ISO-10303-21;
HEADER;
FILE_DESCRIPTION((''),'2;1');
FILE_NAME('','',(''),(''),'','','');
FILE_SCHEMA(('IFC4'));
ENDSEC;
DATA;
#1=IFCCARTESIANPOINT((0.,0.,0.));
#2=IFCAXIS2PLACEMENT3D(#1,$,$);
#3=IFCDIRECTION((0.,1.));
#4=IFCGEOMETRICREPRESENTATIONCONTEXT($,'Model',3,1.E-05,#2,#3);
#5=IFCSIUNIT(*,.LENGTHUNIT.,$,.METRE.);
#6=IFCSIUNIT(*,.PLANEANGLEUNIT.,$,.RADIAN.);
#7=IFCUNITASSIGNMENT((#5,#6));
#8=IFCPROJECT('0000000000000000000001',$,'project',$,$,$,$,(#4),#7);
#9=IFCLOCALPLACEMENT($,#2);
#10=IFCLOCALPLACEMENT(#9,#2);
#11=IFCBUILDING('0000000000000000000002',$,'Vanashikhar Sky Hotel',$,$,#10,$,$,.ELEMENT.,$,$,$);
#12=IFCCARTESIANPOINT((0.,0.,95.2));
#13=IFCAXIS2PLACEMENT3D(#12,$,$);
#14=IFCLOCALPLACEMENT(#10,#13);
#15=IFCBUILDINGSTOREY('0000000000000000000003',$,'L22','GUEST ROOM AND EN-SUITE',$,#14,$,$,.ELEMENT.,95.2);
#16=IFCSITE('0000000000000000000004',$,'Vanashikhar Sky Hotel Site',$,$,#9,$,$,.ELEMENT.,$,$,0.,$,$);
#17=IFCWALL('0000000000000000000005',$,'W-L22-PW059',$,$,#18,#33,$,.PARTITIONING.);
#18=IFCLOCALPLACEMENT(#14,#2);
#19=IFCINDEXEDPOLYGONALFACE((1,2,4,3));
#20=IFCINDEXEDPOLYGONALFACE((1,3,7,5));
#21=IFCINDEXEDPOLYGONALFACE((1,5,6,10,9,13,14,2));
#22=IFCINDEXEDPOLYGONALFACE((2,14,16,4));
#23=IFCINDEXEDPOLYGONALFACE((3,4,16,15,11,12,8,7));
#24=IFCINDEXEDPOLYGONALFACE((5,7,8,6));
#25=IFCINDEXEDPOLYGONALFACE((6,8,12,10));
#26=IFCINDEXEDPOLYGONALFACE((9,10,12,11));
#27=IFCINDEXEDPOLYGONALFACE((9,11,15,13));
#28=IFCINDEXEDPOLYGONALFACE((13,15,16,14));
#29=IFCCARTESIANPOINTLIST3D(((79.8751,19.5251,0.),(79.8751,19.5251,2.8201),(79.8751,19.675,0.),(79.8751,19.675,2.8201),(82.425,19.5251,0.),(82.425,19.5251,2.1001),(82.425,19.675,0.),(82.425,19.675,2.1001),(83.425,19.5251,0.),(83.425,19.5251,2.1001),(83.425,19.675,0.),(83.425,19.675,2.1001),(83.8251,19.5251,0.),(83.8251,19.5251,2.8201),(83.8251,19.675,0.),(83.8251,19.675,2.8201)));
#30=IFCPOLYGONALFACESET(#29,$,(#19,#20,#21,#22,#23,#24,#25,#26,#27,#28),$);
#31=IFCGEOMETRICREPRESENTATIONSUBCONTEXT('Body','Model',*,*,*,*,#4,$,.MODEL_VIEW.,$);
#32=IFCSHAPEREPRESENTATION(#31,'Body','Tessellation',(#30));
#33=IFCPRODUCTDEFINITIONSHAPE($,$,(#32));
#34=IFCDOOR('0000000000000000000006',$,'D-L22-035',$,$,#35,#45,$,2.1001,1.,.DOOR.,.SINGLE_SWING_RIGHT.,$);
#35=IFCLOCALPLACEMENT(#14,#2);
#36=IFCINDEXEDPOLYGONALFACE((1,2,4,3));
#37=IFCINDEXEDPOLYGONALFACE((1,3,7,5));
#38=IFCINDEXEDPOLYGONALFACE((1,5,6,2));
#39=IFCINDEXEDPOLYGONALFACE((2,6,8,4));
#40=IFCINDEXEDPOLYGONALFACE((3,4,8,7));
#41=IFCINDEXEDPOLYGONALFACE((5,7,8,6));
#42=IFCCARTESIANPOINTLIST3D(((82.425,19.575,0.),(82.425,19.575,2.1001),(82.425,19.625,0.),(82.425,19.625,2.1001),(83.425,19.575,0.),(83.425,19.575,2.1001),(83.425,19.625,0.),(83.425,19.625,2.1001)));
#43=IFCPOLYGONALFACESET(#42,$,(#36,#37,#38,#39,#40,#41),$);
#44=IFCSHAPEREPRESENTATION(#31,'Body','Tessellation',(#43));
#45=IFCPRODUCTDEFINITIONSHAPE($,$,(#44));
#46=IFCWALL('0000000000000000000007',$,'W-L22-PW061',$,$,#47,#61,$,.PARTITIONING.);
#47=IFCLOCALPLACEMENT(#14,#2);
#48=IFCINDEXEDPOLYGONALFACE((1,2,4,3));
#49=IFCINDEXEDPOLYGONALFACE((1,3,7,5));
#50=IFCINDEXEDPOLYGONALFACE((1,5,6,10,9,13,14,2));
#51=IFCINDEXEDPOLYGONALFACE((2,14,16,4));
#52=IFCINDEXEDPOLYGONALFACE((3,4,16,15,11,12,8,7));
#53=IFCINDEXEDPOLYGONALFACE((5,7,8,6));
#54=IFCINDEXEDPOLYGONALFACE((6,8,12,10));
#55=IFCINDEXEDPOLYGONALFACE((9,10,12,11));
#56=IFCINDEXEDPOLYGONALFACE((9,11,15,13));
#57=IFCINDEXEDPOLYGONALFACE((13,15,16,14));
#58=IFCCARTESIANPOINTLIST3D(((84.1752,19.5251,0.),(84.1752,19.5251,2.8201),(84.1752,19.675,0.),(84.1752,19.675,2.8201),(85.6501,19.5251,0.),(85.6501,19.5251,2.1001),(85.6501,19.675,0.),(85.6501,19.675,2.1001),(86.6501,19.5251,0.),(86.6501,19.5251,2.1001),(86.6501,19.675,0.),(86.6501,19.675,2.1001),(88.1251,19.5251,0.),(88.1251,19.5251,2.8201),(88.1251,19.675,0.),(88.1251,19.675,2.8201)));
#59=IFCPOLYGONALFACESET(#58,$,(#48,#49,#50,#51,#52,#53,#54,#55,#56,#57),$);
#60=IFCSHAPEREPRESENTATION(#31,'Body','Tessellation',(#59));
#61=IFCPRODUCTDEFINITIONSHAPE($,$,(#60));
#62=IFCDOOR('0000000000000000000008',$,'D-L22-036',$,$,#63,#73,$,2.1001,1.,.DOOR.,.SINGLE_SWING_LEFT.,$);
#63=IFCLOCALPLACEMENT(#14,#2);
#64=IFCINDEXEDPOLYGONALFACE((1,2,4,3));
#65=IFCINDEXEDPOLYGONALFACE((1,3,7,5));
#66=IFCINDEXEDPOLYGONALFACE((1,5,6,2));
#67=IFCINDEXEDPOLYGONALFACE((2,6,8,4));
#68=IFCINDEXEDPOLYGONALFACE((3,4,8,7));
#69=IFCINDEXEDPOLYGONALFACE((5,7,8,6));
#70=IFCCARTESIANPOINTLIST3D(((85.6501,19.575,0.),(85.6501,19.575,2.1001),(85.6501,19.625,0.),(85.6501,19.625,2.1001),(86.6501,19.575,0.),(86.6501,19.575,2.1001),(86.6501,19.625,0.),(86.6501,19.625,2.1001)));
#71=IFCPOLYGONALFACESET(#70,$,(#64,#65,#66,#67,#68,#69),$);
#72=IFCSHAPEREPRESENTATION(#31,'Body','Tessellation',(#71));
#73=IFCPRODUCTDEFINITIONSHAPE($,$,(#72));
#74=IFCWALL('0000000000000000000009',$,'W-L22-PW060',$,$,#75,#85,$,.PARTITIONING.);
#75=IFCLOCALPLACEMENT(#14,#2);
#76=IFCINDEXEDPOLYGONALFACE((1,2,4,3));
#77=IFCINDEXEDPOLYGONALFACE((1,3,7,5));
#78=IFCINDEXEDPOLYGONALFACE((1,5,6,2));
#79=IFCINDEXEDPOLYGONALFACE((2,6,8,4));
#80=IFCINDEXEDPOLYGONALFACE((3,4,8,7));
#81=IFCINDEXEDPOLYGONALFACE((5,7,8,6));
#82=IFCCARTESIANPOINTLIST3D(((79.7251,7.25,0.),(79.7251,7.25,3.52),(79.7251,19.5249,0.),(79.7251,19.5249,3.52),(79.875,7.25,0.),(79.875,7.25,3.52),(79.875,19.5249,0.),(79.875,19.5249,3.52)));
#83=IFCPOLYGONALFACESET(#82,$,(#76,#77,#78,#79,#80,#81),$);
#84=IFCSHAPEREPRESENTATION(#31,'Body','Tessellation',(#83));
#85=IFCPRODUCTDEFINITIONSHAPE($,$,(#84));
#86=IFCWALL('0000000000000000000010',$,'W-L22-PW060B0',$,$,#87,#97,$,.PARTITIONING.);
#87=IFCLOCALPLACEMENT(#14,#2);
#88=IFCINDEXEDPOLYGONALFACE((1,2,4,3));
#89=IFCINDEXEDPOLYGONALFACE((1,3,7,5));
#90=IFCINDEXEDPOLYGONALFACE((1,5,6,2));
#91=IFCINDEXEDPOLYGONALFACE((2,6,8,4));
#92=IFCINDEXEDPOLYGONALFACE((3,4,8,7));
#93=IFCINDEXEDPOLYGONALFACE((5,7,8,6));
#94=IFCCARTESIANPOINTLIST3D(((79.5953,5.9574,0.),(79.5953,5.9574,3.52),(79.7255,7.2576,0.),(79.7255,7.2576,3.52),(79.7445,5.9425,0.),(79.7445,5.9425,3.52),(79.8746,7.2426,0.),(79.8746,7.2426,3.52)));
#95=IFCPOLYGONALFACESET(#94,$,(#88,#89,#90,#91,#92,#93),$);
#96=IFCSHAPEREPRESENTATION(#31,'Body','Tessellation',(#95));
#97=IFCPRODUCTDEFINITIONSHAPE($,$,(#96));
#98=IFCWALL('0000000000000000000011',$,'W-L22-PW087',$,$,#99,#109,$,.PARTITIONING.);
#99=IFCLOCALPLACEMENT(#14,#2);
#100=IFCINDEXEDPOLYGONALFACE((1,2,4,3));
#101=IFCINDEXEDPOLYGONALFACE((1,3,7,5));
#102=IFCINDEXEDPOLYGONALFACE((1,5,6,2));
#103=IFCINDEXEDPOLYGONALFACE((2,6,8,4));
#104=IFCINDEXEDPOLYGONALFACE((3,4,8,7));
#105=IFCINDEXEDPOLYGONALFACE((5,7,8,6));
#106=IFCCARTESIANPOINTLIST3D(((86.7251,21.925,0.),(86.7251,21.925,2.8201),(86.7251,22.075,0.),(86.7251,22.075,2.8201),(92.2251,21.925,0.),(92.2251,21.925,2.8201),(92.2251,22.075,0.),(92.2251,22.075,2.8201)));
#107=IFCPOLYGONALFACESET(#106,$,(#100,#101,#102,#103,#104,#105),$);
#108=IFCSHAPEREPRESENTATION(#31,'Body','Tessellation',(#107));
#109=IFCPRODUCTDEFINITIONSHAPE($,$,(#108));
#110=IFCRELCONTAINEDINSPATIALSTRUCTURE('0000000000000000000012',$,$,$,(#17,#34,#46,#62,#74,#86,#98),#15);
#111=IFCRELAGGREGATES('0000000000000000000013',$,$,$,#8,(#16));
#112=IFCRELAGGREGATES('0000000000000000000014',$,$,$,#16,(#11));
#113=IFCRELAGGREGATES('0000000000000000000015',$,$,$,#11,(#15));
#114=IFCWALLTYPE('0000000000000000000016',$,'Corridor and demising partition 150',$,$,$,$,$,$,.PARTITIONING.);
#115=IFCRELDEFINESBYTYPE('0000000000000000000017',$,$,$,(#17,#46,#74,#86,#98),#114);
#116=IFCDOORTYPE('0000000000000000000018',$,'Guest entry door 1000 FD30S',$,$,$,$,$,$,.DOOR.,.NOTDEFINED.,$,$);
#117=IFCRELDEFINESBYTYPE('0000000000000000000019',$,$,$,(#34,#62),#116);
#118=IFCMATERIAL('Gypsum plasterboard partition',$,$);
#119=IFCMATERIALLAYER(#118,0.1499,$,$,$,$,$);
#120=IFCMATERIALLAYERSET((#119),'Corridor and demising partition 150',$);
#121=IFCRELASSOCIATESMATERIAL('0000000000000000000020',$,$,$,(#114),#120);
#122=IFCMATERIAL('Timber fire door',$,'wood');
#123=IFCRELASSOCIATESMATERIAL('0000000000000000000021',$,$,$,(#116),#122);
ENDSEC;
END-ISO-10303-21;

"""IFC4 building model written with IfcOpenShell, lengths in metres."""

from ifc_helpers import new_model, si_unit, direction, frame, frame_2d, origin, place, context, subcontext, project, spatial, rectangle, extrude, source, transform, mapped, material, layer, layer_set, type_object, element, fill, save


model = new_model("IFC4")

# Units and contexts
model_context = context("Model", 3, precision=1e-05, world=origin(), true_north=direction((0.0, 1.0)))
body_context = subcontext(model_context, "Body", "Model", "MODEL_VIEW")
ifc_project = project(units=[si_unit("LENGTHUNIT", "METRE"), si_unit("PLANEANGLEUNIT", "RADIAN")], contexts=[model_context])

# Site, building, storey
site_placement = place(None, origin())
site = spatial("IfcSite", under=ifc_project, at=site_placement, Name="Vanashikhar Sky Hotel Site", CompositionType="ELEMENT", RefElevation=0.0)
building_placement = place(site_placement, origin())
building = spatial("IfcBuilding", under=site, at=building_placement, Name="Vanashikhar Sky Hotel", CompositionType="ELEMENT")
storey_placement = place(building_placement, frame((0.0, 0.0, 95.2)))
storey = spatial("IfcBuildingStorey", under=building, at=storey_placement, Name="L22", Description="GUEST ROOM AND EN-SUITE", CompositionType="ELEMENT", Elevation=95.2)

# Shared definitions
ifc_material_1 = material(Name="Gypsum plasterboard partition")

# Walls, openings, doors
ifc_layer_1 = layer(ifc_material_1, 0.1499)
ifc_layer_set_1 = layer_set([ifc_layer_1], Name="Corridor and demising partition 150")
wall_type_1 = type_object("IfcWallType", Name="Corridor and demising partition 150", PredefinedType="PARTITIONING", material=ifc_layer_set_1)
shared_shape_1 = source(origin(), body_context, "Body", "SweptSolid", [
    extrude(rectangle(XDim=1.0, YDim=2.1001, at=frame_2d((0.5, 1.05))), frame((0.0, 0.085, 0.0), z_axis=(0.0, -1.0, 0.0), x_axis=(1.0, 0.0, 0.0)), (0.0, 0.0, 1.0), 0.1699),
])
ifc_material_2 = material(Name="Timber fire door", Category="wood")
door_type_1 = type_object("IfcDoorType", Name="Guest entry door 1000 FD30S", OperationType="NOTDEFINED", PredefinedType="DOOR", material=ifc_material_2)
shared_shape_2 = source(origin(), body_context, "Body", "SweptSolid", [
    extrude(rectangle(XDim=1.0, YDim=2.1001, at=frame_2d((0.5, 1.05))), frame((0.0, 0.0249, 0.0), z_axis=(0.0, -1.0, 0.0), x_axis=(1.0, 0.0, 0.0)), (0.0, 0.0, 1.0), 0.05),
])
shared_shape_3 = source(origin(), body_context, "Body", "SweptSolid", [
    extrude(rectangle(XDim=3.95, YDim=0.1499, at=frame_2d((1.9751, 0.0))), origin(), (0.0, 0.0, 1.0), 2.8201),
])
wall_1_placement = place(storey_placement, frame((79.875, 19.6001, 0.0), z_axis=(0.0, 0.0, 1.0), x_axis=(1.0, 0.0, 0.0)))
wall_1 = element("IfcWall", 1, at=wall_1_placement, inside=storey, type_object=wall_type_1, Name="W-L22-PW059", PredefinedType="PARTITIONING", context=body_context, shape_type="MappedRepresentation", body=[
    mapped(shared_shape_3, transform((0.0, 0.0, 0.0), scale=1.0)),
])
opening_1_placement = place(wall_1_placement, frame((2.55, 0.0, 0.0)))
opening_1 = element("IfcOpeningElement", 2, at=opening_1_placement, cuts=wall_1, PredefinedType="OPENING", context=body_context, shape_type="MappedRepresentation", body=[
    mapped(shared_shape_1, transform((0.0, 0.0, 0.0), scale=1.0)),
])
door_1_placement = place(opening_1_placement, origin())
door_1 = element("IfcDoor", 3, at=door_1_placement, inside=storey, type_object=door_type_1, Name="D-L22-035", OperationType="SINGLE_SWING_RIGHT", OverallHeight=2.1001, OverallWidth=1.0, PredefinedType="DOOR", context=body_context, shape_type="MappedRepresentation", body=[
    mapped(shared_shape_2, transform((0.0, 0.0, 0.0), scale=1.0)),
])
fill(opening_1, door_1)
wall_2_placement = place(storey_placement, frame((84.175, 19.6001, 0.0), z_axis=(0.0, 0.0, 1.0), x_axis=(1.0, 0.0, 0.0)))
wall_2 = element("IfcWall", 4, at=wall_2_placement, inside=storey, type_object=wall_type_1, Name="W-L22-PW061", PredefinedType="PARTITIONING", context=body_context, shape_type="MappedRepresentation", body=[
    mapped(shared_shape_3, transform((0.0, 0.0, 0.0), scale=1.0)),
])
opening_2_placement = place(wall_2_placement, frame((1.4751, 0.0, 0.0)))
opening_2 = element("IfcOpeningElement", 5, at=opening_2_placement, cuts=wall_2, PredefinedType="OPENING", context=body_context, shape_type="MappedRepresentation", body=[
    mapped(shared_shape_1, transform((0.0, 0.0, 0.0), scale=1.0)),
])
door_2_placement = place(opening_2_placement, origin())
door_2 = element("IfcDoor", 6, at=door_2_placement, inside=storey, type_object=door_type_1, Name="D-L22-036", OperationType="SINGLE_SWING_LEFT", OverallHeight=2.1001, OverallWidth=1.0, PredefinedType="DOOR", context=body_context, shape_type="MappedRepresentation", body=[
    mapped(shared_shape_2, transform((0.0, 0.0, 0.0), scale=1.0)),
])
fill(opening_2, door_2)

# Walls
shared_shape_4 = source(origin(), body_context, "Body", "SweptSolid", [
    extrude(rectangle(XDim=12.2749, YDim=0.1499, at=frame_2d((6.1375, 0.0))), origin(), (0.0, 0.0, 1.0), 3.52),
])
wall_3_placement = place(storey_placement, frame((79.8, 7.25, 0.0), z_axis=(0.0, 0.0, 1.0), x_axis=(0.0, 1.0, 0.0)))
element("IfcWall", 7, at=wall_3_placement, inside=storey, type_object=wall_type_1, Name="W-L22-PW060", PredefinedType="PARTITIONING", context=body_context, shape_type="MappedRepresentation", body=[
    mapped(shared_shape_4, transform((0.0, 0.0, 0.0), scale=1.0)),
])
shared_shape_5 = source(origin(), body_context, "Body", "SweptSolid", [
    extrude(rectangle(XDim=1.3066, YDim=0.1499, at=frame_2d((0.6533, 0.0))), origin(), (0.0, 0.0, 1.0), 3.52),
])
wall_4_placement = place(storey_placement, frame((79.6699, 5.95, 0.0), z_axis=(0.0, 0.0, 1.0), x_axis=(0.099596, 0.995028, 0.0)))
element("IfcWall", 8, at=wall_4_placement, inside=storey, type_object=wall_type_1, Name="W-L22-PW060B0", PredefinedType="PARTITIONING", context=body_context, shape_type="MappedRepresentation", body=[
    mapped(shared_shape_5, transform((0.0, 0.0, 0.0), scale=1.0)),
])
shared_shape_6 = source(origin(), body_context, "Body", "SweptSolid", [
    extrude(rectangle(XDim=5.5, YDim=0.1499, at=frame_2d((2.75, 0.0))), origin(), (0.0, 0.0, 1.0), 2.8201),
])
wall_5_placement = place(storey_placement, frame((86.7251, 22.0, 0.0), z_axis=(0.0, 0.0, 1.0), x_axis=(1.0, 0.0, 0.0)))
element("IfcWall", 9, at=wall_5_placement, inside=storey, type_object=wall_type_1, Name="W-L22-PW087", PredefinedType="PARTITIONING", context=body_context, shape_type="MappedRepresentation", body=[
    mapped(shared_shape_6, transform((0.0, 0.0, 0.0), scale=1.0)),
])

save(model, "model.ifc")
